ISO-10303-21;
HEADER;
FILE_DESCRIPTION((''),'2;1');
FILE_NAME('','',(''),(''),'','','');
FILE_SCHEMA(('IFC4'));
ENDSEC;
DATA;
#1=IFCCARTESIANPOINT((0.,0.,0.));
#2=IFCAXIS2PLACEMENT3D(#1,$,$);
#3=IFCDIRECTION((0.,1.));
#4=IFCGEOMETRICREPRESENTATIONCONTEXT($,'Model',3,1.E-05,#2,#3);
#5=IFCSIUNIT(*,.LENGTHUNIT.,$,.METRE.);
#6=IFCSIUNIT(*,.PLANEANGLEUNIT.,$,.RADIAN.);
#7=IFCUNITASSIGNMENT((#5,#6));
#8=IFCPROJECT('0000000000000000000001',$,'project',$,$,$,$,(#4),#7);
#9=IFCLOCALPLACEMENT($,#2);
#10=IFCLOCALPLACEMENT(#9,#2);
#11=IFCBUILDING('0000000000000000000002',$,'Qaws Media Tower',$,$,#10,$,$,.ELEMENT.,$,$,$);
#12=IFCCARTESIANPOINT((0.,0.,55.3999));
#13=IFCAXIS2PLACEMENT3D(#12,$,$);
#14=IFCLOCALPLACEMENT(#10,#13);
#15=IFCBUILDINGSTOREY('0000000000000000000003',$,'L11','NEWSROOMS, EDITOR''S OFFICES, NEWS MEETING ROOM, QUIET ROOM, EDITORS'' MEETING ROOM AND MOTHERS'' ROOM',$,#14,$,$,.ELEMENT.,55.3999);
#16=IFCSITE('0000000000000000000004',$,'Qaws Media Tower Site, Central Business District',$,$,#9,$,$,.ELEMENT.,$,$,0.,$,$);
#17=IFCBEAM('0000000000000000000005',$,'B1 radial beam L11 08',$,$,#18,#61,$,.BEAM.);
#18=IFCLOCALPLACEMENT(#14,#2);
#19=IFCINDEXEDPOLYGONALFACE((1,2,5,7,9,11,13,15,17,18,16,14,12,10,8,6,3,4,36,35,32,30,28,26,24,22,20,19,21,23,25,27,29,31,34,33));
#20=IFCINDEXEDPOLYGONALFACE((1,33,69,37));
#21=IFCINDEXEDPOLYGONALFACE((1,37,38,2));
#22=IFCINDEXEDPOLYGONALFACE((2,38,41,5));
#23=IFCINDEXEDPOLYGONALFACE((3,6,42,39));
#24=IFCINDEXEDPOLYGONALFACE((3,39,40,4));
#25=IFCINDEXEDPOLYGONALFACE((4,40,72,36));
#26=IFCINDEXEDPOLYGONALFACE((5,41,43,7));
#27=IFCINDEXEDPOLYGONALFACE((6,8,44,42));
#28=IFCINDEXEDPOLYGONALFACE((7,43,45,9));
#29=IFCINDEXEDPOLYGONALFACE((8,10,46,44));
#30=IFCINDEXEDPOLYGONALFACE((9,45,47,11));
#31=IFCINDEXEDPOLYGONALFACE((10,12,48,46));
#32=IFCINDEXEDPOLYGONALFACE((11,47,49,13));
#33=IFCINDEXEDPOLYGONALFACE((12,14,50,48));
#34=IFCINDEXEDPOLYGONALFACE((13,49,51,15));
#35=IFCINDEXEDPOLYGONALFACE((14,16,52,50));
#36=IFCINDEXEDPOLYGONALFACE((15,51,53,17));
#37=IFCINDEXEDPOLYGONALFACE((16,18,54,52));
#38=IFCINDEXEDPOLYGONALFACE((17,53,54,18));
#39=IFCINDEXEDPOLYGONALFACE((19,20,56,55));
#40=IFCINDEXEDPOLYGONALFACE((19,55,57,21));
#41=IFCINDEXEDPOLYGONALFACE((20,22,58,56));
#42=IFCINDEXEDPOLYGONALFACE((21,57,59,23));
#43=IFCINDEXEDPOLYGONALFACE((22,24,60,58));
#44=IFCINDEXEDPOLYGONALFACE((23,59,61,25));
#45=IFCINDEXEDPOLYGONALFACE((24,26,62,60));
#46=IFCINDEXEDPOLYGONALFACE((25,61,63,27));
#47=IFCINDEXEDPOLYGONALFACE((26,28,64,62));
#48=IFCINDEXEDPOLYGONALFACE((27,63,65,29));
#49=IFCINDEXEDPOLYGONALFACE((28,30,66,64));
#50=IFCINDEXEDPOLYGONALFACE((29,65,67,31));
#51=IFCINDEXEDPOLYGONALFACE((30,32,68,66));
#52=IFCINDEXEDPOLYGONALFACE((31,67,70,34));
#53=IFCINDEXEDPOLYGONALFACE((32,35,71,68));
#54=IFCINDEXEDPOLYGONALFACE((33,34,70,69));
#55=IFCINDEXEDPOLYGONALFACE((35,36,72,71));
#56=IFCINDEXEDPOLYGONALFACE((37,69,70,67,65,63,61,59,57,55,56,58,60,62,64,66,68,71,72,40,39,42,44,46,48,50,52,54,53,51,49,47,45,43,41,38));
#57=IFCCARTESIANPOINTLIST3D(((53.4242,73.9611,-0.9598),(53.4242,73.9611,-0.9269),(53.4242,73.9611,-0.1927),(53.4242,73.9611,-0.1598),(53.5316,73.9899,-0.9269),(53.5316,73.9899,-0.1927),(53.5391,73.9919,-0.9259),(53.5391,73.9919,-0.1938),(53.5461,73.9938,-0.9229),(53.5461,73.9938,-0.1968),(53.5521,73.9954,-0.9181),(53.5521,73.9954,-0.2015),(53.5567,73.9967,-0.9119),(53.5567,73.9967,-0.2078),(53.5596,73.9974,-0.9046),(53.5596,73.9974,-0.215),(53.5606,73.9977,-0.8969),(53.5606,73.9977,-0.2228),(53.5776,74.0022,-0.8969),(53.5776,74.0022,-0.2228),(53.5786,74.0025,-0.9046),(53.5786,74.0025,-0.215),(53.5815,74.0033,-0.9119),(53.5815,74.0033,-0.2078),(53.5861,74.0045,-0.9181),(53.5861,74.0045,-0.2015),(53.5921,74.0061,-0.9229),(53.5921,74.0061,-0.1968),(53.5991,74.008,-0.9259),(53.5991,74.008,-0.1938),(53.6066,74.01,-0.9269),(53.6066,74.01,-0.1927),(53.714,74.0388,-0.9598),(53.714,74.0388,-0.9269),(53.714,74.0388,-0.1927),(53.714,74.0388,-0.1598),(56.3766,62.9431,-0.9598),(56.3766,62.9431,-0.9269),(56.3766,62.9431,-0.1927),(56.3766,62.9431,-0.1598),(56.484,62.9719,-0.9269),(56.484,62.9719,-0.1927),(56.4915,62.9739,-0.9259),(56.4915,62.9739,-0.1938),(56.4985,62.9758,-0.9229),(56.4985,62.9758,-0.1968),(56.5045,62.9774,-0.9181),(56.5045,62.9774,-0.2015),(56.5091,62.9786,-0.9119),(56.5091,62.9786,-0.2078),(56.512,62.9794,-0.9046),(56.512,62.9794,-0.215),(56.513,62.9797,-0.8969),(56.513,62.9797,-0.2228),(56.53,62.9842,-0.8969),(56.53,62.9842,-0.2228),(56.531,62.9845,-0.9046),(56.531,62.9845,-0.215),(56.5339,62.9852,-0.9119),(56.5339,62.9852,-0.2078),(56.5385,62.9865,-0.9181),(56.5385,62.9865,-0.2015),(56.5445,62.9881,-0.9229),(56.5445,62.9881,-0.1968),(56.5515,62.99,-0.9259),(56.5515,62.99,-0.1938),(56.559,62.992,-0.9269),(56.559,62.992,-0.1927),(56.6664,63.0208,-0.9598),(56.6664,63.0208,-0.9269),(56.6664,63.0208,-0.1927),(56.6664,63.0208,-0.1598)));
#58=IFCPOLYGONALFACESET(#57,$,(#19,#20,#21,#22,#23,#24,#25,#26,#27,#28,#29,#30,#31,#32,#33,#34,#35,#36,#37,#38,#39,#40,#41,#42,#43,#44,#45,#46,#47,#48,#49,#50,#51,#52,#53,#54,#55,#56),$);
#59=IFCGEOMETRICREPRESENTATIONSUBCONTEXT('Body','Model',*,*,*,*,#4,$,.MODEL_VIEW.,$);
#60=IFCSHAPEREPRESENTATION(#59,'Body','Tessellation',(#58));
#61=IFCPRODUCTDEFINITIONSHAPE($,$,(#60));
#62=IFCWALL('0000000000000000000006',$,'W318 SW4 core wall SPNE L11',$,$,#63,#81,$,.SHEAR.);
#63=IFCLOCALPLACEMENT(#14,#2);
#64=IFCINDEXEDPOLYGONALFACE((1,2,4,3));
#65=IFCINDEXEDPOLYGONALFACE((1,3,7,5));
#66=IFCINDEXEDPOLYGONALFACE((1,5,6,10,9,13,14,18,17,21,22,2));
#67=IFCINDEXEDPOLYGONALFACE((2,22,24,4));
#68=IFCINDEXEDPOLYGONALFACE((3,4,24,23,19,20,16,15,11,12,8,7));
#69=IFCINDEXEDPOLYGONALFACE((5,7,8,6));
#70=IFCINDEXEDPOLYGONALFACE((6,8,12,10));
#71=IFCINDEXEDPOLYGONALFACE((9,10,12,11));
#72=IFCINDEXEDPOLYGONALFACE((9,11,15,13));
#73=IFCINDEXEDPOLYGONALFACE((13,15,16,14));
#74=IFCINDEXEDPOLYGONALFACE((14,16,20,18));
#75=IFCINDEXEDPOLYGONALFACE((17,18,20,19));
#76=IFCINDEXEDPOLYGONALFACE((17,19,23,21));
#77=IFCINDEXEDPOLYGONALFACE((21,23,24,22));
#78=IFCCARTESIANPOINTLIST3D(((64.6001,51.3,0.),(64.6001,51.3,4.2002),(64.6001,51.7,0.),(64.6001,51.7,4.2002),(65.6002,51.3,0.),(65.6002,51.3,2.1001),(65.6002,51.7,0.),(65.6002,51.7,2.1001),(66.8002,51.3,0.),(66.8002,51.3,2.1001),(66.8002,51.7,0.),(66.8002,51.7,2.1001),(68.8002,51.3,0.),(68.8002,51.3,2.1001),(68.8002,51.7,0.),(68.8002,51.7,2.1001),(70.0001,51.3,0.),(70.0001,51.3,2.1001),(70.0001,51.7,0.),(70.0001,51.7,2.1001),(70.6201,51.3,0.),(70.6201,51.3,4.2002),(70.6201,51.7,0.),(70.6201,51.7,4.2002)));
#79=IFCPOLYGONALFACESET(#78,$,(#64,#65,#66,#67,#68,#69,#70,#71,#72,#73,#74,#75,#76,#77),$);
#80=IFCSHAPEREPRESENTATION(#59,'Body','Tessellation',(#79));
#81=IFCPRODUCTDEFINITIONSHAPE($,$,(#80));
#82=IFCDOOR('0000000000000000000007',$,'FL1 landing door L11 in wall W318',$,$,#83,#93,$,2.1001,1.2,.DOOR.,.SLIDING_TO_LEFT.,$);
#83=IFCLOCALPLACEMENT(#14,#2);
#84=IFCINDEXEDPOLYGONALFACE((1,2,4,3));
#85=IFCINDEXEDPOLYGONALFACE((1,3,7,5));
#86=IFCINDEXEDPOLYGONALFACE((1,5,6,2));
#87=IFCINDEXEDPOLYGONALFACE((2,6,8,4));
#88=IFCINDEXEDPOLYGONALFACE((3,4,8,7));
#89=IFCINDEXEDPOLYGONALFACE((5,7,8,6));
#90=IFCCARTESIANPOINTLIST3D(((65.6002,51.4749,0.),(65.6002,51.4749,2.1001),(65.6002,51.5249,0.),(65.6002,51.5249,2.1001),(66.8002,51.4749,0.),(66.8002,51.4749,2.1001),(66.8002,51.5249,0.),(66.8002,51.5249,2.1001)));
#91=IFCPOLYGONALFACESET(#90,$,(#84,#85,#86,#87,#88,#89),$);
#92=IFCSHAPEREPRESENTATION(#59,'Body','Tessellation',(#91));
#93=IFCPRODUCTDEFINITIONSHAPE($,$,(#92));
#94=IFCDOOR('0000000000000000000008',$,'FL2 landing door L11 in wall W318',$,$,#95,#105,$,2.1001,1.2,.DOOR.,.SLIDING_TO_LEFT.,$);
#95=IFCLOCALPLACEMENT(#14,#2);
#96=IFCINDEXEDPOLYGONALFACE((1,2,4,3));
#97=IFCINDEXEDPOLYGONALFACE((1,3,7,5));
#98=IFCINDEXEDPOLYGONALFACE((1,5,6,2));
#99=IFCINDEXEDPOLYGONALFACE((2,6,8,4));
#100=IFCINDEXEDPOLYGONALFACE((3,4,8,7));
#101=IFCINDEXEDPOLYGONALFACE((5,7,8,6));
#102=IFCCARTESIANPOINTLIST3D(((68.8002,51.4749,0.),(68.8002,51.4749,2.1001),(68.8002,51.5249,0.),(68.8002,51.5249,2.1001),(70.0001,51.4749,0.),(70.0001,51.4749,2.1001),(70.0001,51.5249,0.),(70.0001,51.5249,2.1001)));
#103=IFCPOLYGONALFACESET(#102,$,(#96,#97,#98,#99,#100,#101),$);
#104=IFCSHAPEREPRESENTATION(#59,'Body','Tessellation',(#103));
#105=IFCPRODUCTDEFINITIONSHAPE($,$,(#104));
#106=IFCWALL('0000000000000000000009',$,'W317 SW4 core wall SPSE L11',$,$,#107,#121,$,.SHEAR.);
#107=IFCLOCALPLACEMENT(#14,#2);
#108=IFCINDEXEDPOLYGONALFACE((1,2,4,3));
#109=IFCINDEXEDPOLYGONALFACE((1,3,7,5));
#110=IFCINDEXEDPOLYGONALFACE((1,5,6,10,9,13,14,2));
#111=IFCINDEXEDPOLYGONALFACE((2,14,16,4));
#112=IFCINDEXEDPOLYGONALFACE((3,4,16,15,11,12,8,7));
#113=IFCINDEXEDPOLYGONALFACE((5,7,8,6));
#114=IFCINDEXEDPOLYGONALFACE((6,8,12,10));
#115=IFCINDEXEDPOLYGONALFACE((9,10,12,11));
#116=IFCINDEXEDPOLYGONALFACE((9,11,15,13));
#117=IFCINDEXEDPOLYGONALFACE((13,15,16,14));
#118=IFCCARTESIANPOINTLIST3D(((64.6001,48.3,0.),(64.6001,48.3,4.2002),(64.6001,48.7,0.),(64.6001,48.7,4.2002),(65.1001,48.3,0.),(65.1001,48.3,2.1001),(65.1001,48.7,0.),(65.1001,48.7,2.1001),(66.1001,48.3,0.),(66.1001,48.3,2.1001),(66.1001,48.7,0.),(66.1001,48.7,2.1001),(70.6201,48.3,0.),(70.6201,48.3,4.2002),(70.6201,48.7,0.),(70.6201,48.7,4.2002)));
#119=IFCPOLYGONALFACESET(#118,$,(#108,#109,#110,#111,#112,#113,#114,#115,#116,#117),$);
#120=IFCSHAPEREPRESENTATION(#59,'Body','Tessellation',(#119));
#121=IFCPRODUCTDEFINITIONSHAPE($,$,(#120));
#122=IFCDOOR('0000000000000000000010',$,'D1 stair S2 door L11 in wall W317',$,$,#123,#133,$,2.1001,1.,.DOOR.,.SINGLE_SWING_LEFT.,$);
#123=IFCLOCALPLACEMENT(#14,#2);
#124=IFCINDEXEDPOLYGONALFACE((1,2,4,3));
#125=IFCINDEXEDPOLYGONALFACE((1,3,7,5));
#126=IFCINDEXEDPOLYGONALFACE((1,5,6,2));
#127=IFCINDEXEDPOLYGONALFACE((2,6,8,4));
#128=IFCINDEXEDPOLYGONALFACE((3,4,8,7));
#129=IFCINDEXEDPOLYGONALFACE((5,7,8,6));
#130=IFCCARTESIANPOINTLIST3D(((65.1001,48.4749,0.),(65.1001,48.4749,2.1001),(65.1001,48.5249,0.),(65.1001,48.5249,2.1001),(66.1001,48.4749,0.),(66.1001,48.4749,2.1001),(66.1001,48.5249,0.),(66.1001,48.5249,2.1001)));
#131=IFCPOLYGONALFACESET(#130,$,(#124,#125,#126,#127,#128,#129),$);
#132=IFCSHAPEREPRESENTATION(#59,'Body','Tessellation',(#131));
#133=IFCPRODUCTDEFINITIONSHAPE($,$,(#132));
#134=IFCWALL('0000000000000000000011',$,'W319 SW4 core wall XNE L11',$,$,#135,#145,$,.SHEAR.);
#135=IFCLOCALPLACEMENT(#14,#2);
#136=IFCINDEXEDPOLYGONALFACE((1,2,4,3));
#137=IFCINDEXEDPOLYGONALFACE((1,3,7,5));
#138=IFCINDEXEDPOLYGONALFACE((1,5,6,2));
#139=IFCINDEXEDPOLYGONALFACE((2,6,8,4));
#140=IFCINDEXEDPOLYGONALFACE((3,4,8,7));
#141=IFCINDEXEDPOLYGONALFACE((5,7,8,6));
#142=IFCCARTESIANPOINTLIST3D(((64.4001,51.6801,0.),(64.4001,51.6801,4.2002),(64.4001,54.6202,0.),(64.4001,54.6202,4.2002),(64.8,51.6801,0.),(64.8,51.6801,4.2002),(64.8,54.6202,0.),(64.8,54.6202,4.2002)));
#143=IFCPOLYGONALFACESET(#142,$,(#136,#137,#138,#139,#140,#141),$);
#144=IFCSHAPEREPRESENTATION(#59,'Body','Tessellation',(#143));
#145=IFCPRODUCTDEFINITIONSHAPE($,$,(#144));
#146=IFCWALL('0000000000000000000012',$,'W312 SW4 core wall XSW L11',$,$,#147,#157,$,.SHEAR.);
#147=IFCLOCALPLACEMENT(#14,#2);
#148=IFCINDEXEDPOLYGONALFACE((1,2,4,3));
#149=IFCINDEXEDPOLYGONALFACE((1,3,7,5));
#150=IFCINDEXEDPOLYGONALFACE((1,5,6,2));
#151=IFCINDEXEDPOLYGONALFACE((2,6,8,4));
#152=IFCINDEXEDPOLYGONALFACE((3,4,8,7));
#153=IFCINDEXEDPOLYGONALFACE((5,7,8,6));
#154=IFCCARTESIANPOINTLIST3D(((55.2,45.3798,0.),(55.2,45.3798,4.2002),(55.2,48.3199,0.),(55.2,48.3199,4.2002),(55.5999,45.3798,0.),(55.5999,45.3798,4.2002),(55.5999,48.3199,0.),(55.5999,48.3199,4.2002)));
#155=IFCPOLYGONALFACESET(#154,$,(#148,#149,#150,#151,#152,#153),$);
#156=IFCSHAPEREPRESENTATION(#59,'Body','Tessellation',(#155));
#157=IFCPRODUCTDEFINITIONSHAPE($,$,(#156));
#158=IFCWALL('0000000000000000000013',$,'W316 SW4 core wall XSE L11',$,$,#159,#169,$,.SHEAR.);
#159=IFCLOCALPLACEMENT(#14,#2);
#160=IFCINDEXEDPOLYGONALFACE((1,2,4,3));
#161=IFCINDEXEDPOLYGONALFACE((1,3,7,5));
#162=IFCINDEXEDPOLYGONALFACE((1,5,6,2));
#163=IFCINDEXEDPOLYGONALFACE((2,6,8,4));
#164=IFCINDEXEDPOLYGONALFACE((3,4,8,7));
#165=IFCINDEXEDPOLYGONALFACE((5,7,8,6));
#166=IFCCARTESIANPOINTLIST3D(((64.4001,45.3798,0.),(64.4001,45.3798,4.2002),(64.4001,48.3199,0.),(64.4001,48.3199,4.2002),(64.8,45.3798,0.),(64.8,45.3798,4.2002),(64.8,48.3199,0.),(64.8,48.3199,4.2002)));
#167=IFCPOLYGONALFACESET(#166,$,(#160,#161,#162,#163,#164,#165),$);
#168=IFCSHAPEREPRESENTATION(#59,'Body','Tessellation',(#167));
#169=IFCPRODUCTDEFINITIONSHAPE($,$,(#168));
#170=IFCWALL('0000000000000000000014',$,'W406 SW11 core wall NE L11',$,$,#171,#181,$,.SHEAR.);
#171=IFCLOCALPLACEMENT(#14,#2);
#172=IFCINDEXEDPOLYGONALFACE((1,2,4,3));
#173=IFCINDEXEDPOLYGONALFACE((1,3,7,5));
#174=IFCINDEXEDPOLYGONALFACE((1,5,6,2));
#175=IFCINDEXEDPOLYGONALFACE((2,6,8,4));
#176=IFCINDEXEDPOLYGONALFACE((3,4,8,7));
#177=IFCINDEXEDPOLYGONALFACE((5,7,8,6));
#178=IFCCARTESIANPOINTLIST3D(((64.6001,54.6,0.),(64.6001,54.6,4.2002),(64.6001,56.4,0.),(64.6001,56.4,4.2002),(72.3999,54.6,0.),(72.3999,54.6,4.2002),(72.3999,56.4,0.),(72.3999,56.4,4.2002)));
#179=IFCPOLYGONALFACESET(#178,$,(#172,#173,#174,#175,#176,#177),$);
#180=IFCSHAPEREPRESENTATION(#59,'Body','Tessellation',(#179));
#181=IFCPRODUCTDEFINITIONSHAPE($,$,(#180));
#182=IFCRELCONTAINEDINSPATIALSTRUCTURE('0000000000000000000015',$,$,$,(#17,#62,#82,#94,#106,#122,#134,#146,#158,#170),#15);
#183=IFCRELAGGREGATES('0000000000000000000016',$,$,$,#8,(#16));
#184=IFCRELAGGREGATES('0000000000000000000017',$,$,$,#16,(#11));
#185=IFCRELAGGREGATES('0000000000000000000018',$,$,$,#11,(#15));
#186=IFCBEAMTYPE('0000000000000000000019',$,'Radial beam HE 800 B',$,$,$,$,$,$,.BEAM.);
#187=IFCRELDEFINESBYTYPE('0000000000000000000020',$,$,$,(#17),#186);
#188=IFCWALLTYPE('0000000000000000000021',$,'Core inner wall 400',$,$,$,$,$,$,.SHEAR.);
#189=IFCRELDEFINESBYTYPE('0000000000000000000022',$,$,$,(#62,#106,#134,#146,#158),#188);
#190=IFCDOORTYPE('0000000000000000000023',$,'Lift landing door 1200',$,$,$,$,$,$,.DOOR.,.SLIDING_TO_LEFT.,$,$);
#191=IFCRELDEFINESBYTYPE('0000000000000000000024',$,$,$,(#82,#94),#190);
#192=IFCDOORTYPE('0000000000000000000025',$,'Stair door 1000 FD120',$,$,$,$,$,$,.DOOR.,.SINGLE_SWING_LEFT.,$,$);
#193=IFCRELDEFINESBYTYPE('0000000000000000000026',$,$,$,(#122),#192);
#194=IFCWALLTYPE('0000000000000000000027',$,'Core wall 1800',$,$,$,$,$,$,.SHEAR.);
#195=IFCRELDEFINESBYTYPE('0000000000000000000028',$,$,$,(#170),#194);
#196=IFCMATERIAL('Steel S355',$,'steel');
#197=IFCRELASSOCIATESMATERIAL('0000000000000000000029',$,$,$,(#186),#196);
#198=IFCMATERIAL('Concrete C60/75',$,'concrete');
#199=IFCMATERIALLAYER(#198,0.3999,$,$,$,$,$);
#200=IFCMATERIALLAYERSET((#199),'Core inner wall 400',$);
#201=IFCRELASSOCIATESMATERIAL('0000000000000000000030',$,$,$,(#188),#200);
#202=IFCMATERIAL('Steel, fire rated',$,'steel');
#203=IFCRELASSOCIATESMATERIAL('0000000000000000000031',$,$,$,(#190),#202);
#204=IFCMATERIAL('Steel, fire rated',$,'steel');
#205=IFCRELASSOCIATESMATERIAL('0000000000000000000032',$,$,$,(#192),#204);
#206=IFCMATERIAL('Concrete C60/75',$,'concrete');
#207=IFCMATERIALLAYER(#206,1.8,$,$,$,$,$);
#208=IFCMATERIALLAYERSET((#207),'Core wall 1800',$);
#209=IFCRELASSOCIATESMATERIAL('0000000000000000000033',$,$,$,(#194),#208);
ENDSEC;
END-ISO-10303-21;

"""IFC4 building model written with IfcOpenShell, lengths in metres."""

from ifc_helpers import new_model, si_unit, direction, frame, frame_2d, origin, origin_2d, place, context, subcontext, project, spatial, rectangle, i_section, extrude, material, layer, layer_set, material_profile, profile_set, type_object, element, fill, save


model = new_model("IFC4")

# Units and contexts
model_context = context("Model", 3, precision=1e-05, world=origin(), true_north=direction((0.0, 1.0)))
body_context = subcontext(model_context, "Body", "Model", "MODEL_VIEW")
ifc_project = project(units=[si_unit("LENGTHUNIT", "METRE"), si_unit("PLANEANGLEUNIT", "RADIAN")], contexts=[model_context])

# Site, building, storey
site_placement = place(None, origin())
site = spatial("IfcSite", under=ifc_project, at=site_placement, Name="Qaws Media Tower Site, Central Business District", CompositionType="ELEMENT", RefElevation=0.0)
building_placement = place(site_placement, origin())
building = spatial("IfcBuilding", under=site, at=building_placement, Name="Qaws Media Tower", CompositionType="ELEMENT")
storey_placement = place(building_placement, frame((0.0, 0.0, 55.3999)))
storey = spatial("IfcBuildingStorey", under=building, at=storey_placement, Name="L11", Description="NEWSROOMS, EDITOR'S OFFICES, NEWS MEETING ROOM, QUIET ROOM, EDITORS' MEETING ROOM AND MOTHERS' ROOM", CompositionType="ELEMENT", Elevation=55.3999)

# Beam
ifc_material_1 = material(Name="Steel S355", Category="steel")
ifc_material_profile_1 = material_profile(ifc_material_1, i_section(OverallWidth=0.3, OverallDepth=0.8, WebThickness=0.0176, FlangeThickness=0.033, FilletRadius=0.03, at=origin_2d()), Name="HE 800 B")
ifc_profile_set_1 = profile_set([ifc_material_profile_1], Name="Steel S355")
beam_type_1 = type_object("IfcBeamType", Name="Radial beam HE 800 B", PredefinedType="BEAM", material=ifc_profile_set_1)
beam_1_placement = place(storey_placement, frame((56.5215, 62.9819, -0.5598), z_axis=(-0.258828, 0.965923, 0.0), x_axis=(-0.965923, -0.258828, 0.0)))
element("IfcBeam", 1, at=beam_1_placement, inside=storey, type_object=beam_type_1, Name="B1 radial beam L11 08", PredefinedType="BEAM", context=body_context, shape_type="SweptSolid", body=[
    extrude(i_section(OverallWidth=0.3, OverallDepth=0.8, WebThickness=0.0176, FlangeThickness=0.033, FilletRadius=0.03, at=origin_2d()), origin(), (0.0, 0.0, 1.0), 11.4067),
])

# Wall, openings, doors
ifc_material_2 = material(Name="Concrete C60/75", Category="concrete")
ifc_layer_1 = layer(ifc_material_2, 0.3999)
ifc_layer_set_1 = layer_set([ifc_layer_1], Name="Core inner wall 400")
wall_type_1 = type_object("IfcWallType", Name="Core inner wall 400", PredefinedType="SHEAR", material=ifc_layer_set_1)
wall_1_placement = place(storey_placement, frame((64.6001, 51.5, 0.0), z_axis=(0.0, 0.0, 1.0), x_axis=(1.0, 0.0, 0.0)))
wall_1 = element("IfcWall", 2, at=wall_1_placement, inside=storey, type_object=wall_type_1, Name="W318 SW4 core wall SPNE L11", PredefinedType="SHEAR", context=body_context, shape_type="SweptSolid", body=[
    extrude(rectangle(XDim=6.02, YDim=0.3999, at=frame_2d((3.01, 0.0))), origin(), (0.0, 0.0, 1.0), 4.2002),
])
opening_1_placement = place(wall_1_placement, frame((1.0, 0.0, 0.0)))
opening_1 = element("IfcOpeningElement", 3, at=opening_1_placement, cuts=wall_1, PredefinedType="OPENING", context=body_context, shape_type="SweptSolid", body=[
    extrude(rectangle(XDim=1.2, YDim=2.1001, at=frame_2d((0.6001, 1.05))), frame((0.0, 0.21, 0.0), z_axis=(0.0, -1.0, 0.0), x_axis=(1.0, 0.0, 0.0)), (0.0, 0.0, 1.0), 0.4199),
])
opening_2_placement = place(wall_1_placement, frame((4.2, 0.0, 0.0)))
opening_2 = element("IfcOpeningElement", 4, at=opening_2_placement, cuts=wall_1, PredefinedType="OPENING", context=body_context, shape_type="SweptSolid", body=[
    extrude(rectangle(XDim=1.2, YDim=2.1001, at=frame_2d((0.6001, 1.05))), frame((0.0, 0.21, 0.0), z_axis=(0.0, -1.0, 0.0), x_axis=(1.0, 0.0, 0.0)), (0.0, 0.0, 1.0), 0.4199),
])
ifc_material_3 = material(Name="Steel, fire rated", Category="steel")
door_type_1 = type_object("IfcDoorType", Name="Lift landing door 1200", OperationType="SLIDING_TO_LEFT", PredefinedType="DOOR", material=ifc_material_3)
door_1_placement = place(opening_1_placement, origin())
door_1 = element("IfcDoor", 5, at=door_1_placement, inside=storey, type_object=door_type_1, Name="FL1 landing door L11 in wall W318", OperationType="SLIDING_TO_LEFT", OverallHeight=2.1001, OverallWidth=1.2, PredefinedType="DOOR", context=body_context, shape_type="SweptSolid", body=[
    extrude(rectangle(XDim=1.2, YDim=2.1001, at=frame_2d((0.6001, 1.05))), frame((0.0, 0.0249, 0.0), z_axis=(0.0, -1.0, 0.0), x_axis=(1.0, 0.0, 0.0)), (0.0, 0.0, 1.0), 0.05),
])
fill(opening_1, door_1)
door_2_placement = place(opening_2_placement, origin())
door_2 = element("IfcDoor", 6, at=door_2_placement, inside=storey, type_object=door_type_1, Name="FL2 landing door L11 in wall W318", OperationType="SLIDING_TO_LEFT", OverallHeight=2.1001, OverallWidth=1.2, PredefinedType="DOOR", context=body_context, shape_type="SweptSolid", body=[
    extrude(rectangle(XDim=1.2, YDim=2.1001, at=frame_2d((0.6001, 1.05))), frame((0.0, 0.0249, 0.0), z_axis=(0.0, -1.0, 0.0), x_axis=(1.0, 0.0, 0.0)), (0.0, 0.0, 1.0), 0.05),
])
fill(opening_2, door_2)

# Wall, opening, door
wall_2_placement = place(storey_placement, frame((64.6001, 48.5, 0.0), z_axis=(0.0, 0.0, 1.0), x_axis=(1.0, 0.0, 0.0)))
wall_2 = element("IfcWall", 7, at=wall_2_placement, inside=storey, type_object=wall_type_1, Name="W317 SW4 core wall SPSE L11", PredefinedType="SHEAR", context=body_context, shape_type="SweptSolid", body=[
    extrude(rectangle(XDim=6.02, YDim=0.3999, at=frame_2d((3.01, 0.0))), origin(), (0.0, 0.0, 1.0), 4.2002),
])
opening_3_placement = place(wall_2_placement, frame((0.5, 0.0, 0.0)))
opening_3 = element("IfcOpeningElement", 8, at=opening_3_placement, cuts=wall_2, PredefinedType="OPENING", context=body_context, shape_type="SweptSolid", body=[
    extrude(rectangle(XDim=1.0, YDim=2.1001, at=frame_2d((0.5, 1.05))), frame((0.0, 0.21, 0.0), z_axis=(0.0, -1.0, 0.0), x_axis=(1.0, 0.0, 0.0)), (0.0, 0.0, 1.0), 0.4199),
])
ifc_material_4 = material(Name="Steel, fire rated", Category="steel")
door_type_2 = type_object("IfcDoorType", Name="Stair door 1000 FD120", OperationType="SINGLE_SWING_LEFT", PredefinedType="DOOR", material=ifc_material_4)
door_3_placement = place(opening_3_placement, origin())
door_3 = element("IfcDoor", 9, at=door_3_placement, inside=storey, type_object=door_type_2, Name="D1 stair S2 door L11 in wall W317", OperationType="SINGLE_SWING_LEFT", OverallHeight=2.1001, OverallWidth=1.0, PredefinedType="DOOR", context=body_context, shape_type="SweptSolid", body=[
    extrude(rectangle(XDim=1.0, YDim=2.1001, at=frame_2d((0.5, 1.05))), frame((0.0, 0.0249, 0.0), z_axis=(0.0, -1.0, 0.0), x_axis=(1.0, 0.0, 0.0)), (0.0, 0.0, 1.0), 0.05),
])
fill(opening_3, door_3)

# Walls
for number, where, z_axis, x_axis, name in (
    (10, (64.6001, 51.6799, 0.0), (0.0, 0.0, 1.0), (0.0, 1.0, 0.0), "W319 SW4 core wall XNE L11"),
    (11, (55.3999, 48.3201, 0.0), (0.0, 0.0, 1.0), (0.0, -1.0, 0.0), "W312 SW4 core wall XSW L11"),
    (12, (64.6001, 48.3201, 0.0), (0.0, 0.0, 1.0), (0.0, -1.0, 0.0), "W316 SW4 core wall XSE L11"),
):
    element("IfcWall", number, at=place(storey_placement, frame(where, z_axis=z_axis, x_axis=x_axis)), inside=storey, type_object=wall_type_1, Name=name, PredefinedType="SHEAR", context=body_context, shape_type="SweptSolid", body=[
        extrude(rectangle(XDim=2.9402, YDim=0.3999, at=frame_2d((1.4702, 0.0))), origin(), (0.0, 0.0, 1.0), 4.2002),
    ])
ifc_material_5 = material(Name="Concrete C60/75", Category="concrete")
ifc_layer_2 = layer(ifc_material_5, 1.8)
ifc_layer_set_2 = layer_set([ifc_layer_2], Name="Core wall 1800")
wall_type_2 = type_object("IfcWallType", Name="Core wall 1800", PredefinedType="SHEAR", material=ifc_layer_set_2)
wall_3_placement = place(storey_placement, frame((64.6001, 55.5, 0.0), z_axis=(0.0, 0.0, 1.0), x_axis=(1.0, 0.0, 0.0)))
element("IfcWall", 13, at=wall_3_placement, inside=storey, type_object=wall_type_2, Name="W406 SW11 core wall NE L11", PredefinedType="SHEAR", context=body_context, shape_type="SweptSolid", body=[
    extrude(rectangle(XDim=7.7998, YDim=1.8, at=frame_2d((3.8999, 0.0))), origin(), (0.0, 0.0, 1.0), 4.2002),
])

save(model, "model.ifc")
